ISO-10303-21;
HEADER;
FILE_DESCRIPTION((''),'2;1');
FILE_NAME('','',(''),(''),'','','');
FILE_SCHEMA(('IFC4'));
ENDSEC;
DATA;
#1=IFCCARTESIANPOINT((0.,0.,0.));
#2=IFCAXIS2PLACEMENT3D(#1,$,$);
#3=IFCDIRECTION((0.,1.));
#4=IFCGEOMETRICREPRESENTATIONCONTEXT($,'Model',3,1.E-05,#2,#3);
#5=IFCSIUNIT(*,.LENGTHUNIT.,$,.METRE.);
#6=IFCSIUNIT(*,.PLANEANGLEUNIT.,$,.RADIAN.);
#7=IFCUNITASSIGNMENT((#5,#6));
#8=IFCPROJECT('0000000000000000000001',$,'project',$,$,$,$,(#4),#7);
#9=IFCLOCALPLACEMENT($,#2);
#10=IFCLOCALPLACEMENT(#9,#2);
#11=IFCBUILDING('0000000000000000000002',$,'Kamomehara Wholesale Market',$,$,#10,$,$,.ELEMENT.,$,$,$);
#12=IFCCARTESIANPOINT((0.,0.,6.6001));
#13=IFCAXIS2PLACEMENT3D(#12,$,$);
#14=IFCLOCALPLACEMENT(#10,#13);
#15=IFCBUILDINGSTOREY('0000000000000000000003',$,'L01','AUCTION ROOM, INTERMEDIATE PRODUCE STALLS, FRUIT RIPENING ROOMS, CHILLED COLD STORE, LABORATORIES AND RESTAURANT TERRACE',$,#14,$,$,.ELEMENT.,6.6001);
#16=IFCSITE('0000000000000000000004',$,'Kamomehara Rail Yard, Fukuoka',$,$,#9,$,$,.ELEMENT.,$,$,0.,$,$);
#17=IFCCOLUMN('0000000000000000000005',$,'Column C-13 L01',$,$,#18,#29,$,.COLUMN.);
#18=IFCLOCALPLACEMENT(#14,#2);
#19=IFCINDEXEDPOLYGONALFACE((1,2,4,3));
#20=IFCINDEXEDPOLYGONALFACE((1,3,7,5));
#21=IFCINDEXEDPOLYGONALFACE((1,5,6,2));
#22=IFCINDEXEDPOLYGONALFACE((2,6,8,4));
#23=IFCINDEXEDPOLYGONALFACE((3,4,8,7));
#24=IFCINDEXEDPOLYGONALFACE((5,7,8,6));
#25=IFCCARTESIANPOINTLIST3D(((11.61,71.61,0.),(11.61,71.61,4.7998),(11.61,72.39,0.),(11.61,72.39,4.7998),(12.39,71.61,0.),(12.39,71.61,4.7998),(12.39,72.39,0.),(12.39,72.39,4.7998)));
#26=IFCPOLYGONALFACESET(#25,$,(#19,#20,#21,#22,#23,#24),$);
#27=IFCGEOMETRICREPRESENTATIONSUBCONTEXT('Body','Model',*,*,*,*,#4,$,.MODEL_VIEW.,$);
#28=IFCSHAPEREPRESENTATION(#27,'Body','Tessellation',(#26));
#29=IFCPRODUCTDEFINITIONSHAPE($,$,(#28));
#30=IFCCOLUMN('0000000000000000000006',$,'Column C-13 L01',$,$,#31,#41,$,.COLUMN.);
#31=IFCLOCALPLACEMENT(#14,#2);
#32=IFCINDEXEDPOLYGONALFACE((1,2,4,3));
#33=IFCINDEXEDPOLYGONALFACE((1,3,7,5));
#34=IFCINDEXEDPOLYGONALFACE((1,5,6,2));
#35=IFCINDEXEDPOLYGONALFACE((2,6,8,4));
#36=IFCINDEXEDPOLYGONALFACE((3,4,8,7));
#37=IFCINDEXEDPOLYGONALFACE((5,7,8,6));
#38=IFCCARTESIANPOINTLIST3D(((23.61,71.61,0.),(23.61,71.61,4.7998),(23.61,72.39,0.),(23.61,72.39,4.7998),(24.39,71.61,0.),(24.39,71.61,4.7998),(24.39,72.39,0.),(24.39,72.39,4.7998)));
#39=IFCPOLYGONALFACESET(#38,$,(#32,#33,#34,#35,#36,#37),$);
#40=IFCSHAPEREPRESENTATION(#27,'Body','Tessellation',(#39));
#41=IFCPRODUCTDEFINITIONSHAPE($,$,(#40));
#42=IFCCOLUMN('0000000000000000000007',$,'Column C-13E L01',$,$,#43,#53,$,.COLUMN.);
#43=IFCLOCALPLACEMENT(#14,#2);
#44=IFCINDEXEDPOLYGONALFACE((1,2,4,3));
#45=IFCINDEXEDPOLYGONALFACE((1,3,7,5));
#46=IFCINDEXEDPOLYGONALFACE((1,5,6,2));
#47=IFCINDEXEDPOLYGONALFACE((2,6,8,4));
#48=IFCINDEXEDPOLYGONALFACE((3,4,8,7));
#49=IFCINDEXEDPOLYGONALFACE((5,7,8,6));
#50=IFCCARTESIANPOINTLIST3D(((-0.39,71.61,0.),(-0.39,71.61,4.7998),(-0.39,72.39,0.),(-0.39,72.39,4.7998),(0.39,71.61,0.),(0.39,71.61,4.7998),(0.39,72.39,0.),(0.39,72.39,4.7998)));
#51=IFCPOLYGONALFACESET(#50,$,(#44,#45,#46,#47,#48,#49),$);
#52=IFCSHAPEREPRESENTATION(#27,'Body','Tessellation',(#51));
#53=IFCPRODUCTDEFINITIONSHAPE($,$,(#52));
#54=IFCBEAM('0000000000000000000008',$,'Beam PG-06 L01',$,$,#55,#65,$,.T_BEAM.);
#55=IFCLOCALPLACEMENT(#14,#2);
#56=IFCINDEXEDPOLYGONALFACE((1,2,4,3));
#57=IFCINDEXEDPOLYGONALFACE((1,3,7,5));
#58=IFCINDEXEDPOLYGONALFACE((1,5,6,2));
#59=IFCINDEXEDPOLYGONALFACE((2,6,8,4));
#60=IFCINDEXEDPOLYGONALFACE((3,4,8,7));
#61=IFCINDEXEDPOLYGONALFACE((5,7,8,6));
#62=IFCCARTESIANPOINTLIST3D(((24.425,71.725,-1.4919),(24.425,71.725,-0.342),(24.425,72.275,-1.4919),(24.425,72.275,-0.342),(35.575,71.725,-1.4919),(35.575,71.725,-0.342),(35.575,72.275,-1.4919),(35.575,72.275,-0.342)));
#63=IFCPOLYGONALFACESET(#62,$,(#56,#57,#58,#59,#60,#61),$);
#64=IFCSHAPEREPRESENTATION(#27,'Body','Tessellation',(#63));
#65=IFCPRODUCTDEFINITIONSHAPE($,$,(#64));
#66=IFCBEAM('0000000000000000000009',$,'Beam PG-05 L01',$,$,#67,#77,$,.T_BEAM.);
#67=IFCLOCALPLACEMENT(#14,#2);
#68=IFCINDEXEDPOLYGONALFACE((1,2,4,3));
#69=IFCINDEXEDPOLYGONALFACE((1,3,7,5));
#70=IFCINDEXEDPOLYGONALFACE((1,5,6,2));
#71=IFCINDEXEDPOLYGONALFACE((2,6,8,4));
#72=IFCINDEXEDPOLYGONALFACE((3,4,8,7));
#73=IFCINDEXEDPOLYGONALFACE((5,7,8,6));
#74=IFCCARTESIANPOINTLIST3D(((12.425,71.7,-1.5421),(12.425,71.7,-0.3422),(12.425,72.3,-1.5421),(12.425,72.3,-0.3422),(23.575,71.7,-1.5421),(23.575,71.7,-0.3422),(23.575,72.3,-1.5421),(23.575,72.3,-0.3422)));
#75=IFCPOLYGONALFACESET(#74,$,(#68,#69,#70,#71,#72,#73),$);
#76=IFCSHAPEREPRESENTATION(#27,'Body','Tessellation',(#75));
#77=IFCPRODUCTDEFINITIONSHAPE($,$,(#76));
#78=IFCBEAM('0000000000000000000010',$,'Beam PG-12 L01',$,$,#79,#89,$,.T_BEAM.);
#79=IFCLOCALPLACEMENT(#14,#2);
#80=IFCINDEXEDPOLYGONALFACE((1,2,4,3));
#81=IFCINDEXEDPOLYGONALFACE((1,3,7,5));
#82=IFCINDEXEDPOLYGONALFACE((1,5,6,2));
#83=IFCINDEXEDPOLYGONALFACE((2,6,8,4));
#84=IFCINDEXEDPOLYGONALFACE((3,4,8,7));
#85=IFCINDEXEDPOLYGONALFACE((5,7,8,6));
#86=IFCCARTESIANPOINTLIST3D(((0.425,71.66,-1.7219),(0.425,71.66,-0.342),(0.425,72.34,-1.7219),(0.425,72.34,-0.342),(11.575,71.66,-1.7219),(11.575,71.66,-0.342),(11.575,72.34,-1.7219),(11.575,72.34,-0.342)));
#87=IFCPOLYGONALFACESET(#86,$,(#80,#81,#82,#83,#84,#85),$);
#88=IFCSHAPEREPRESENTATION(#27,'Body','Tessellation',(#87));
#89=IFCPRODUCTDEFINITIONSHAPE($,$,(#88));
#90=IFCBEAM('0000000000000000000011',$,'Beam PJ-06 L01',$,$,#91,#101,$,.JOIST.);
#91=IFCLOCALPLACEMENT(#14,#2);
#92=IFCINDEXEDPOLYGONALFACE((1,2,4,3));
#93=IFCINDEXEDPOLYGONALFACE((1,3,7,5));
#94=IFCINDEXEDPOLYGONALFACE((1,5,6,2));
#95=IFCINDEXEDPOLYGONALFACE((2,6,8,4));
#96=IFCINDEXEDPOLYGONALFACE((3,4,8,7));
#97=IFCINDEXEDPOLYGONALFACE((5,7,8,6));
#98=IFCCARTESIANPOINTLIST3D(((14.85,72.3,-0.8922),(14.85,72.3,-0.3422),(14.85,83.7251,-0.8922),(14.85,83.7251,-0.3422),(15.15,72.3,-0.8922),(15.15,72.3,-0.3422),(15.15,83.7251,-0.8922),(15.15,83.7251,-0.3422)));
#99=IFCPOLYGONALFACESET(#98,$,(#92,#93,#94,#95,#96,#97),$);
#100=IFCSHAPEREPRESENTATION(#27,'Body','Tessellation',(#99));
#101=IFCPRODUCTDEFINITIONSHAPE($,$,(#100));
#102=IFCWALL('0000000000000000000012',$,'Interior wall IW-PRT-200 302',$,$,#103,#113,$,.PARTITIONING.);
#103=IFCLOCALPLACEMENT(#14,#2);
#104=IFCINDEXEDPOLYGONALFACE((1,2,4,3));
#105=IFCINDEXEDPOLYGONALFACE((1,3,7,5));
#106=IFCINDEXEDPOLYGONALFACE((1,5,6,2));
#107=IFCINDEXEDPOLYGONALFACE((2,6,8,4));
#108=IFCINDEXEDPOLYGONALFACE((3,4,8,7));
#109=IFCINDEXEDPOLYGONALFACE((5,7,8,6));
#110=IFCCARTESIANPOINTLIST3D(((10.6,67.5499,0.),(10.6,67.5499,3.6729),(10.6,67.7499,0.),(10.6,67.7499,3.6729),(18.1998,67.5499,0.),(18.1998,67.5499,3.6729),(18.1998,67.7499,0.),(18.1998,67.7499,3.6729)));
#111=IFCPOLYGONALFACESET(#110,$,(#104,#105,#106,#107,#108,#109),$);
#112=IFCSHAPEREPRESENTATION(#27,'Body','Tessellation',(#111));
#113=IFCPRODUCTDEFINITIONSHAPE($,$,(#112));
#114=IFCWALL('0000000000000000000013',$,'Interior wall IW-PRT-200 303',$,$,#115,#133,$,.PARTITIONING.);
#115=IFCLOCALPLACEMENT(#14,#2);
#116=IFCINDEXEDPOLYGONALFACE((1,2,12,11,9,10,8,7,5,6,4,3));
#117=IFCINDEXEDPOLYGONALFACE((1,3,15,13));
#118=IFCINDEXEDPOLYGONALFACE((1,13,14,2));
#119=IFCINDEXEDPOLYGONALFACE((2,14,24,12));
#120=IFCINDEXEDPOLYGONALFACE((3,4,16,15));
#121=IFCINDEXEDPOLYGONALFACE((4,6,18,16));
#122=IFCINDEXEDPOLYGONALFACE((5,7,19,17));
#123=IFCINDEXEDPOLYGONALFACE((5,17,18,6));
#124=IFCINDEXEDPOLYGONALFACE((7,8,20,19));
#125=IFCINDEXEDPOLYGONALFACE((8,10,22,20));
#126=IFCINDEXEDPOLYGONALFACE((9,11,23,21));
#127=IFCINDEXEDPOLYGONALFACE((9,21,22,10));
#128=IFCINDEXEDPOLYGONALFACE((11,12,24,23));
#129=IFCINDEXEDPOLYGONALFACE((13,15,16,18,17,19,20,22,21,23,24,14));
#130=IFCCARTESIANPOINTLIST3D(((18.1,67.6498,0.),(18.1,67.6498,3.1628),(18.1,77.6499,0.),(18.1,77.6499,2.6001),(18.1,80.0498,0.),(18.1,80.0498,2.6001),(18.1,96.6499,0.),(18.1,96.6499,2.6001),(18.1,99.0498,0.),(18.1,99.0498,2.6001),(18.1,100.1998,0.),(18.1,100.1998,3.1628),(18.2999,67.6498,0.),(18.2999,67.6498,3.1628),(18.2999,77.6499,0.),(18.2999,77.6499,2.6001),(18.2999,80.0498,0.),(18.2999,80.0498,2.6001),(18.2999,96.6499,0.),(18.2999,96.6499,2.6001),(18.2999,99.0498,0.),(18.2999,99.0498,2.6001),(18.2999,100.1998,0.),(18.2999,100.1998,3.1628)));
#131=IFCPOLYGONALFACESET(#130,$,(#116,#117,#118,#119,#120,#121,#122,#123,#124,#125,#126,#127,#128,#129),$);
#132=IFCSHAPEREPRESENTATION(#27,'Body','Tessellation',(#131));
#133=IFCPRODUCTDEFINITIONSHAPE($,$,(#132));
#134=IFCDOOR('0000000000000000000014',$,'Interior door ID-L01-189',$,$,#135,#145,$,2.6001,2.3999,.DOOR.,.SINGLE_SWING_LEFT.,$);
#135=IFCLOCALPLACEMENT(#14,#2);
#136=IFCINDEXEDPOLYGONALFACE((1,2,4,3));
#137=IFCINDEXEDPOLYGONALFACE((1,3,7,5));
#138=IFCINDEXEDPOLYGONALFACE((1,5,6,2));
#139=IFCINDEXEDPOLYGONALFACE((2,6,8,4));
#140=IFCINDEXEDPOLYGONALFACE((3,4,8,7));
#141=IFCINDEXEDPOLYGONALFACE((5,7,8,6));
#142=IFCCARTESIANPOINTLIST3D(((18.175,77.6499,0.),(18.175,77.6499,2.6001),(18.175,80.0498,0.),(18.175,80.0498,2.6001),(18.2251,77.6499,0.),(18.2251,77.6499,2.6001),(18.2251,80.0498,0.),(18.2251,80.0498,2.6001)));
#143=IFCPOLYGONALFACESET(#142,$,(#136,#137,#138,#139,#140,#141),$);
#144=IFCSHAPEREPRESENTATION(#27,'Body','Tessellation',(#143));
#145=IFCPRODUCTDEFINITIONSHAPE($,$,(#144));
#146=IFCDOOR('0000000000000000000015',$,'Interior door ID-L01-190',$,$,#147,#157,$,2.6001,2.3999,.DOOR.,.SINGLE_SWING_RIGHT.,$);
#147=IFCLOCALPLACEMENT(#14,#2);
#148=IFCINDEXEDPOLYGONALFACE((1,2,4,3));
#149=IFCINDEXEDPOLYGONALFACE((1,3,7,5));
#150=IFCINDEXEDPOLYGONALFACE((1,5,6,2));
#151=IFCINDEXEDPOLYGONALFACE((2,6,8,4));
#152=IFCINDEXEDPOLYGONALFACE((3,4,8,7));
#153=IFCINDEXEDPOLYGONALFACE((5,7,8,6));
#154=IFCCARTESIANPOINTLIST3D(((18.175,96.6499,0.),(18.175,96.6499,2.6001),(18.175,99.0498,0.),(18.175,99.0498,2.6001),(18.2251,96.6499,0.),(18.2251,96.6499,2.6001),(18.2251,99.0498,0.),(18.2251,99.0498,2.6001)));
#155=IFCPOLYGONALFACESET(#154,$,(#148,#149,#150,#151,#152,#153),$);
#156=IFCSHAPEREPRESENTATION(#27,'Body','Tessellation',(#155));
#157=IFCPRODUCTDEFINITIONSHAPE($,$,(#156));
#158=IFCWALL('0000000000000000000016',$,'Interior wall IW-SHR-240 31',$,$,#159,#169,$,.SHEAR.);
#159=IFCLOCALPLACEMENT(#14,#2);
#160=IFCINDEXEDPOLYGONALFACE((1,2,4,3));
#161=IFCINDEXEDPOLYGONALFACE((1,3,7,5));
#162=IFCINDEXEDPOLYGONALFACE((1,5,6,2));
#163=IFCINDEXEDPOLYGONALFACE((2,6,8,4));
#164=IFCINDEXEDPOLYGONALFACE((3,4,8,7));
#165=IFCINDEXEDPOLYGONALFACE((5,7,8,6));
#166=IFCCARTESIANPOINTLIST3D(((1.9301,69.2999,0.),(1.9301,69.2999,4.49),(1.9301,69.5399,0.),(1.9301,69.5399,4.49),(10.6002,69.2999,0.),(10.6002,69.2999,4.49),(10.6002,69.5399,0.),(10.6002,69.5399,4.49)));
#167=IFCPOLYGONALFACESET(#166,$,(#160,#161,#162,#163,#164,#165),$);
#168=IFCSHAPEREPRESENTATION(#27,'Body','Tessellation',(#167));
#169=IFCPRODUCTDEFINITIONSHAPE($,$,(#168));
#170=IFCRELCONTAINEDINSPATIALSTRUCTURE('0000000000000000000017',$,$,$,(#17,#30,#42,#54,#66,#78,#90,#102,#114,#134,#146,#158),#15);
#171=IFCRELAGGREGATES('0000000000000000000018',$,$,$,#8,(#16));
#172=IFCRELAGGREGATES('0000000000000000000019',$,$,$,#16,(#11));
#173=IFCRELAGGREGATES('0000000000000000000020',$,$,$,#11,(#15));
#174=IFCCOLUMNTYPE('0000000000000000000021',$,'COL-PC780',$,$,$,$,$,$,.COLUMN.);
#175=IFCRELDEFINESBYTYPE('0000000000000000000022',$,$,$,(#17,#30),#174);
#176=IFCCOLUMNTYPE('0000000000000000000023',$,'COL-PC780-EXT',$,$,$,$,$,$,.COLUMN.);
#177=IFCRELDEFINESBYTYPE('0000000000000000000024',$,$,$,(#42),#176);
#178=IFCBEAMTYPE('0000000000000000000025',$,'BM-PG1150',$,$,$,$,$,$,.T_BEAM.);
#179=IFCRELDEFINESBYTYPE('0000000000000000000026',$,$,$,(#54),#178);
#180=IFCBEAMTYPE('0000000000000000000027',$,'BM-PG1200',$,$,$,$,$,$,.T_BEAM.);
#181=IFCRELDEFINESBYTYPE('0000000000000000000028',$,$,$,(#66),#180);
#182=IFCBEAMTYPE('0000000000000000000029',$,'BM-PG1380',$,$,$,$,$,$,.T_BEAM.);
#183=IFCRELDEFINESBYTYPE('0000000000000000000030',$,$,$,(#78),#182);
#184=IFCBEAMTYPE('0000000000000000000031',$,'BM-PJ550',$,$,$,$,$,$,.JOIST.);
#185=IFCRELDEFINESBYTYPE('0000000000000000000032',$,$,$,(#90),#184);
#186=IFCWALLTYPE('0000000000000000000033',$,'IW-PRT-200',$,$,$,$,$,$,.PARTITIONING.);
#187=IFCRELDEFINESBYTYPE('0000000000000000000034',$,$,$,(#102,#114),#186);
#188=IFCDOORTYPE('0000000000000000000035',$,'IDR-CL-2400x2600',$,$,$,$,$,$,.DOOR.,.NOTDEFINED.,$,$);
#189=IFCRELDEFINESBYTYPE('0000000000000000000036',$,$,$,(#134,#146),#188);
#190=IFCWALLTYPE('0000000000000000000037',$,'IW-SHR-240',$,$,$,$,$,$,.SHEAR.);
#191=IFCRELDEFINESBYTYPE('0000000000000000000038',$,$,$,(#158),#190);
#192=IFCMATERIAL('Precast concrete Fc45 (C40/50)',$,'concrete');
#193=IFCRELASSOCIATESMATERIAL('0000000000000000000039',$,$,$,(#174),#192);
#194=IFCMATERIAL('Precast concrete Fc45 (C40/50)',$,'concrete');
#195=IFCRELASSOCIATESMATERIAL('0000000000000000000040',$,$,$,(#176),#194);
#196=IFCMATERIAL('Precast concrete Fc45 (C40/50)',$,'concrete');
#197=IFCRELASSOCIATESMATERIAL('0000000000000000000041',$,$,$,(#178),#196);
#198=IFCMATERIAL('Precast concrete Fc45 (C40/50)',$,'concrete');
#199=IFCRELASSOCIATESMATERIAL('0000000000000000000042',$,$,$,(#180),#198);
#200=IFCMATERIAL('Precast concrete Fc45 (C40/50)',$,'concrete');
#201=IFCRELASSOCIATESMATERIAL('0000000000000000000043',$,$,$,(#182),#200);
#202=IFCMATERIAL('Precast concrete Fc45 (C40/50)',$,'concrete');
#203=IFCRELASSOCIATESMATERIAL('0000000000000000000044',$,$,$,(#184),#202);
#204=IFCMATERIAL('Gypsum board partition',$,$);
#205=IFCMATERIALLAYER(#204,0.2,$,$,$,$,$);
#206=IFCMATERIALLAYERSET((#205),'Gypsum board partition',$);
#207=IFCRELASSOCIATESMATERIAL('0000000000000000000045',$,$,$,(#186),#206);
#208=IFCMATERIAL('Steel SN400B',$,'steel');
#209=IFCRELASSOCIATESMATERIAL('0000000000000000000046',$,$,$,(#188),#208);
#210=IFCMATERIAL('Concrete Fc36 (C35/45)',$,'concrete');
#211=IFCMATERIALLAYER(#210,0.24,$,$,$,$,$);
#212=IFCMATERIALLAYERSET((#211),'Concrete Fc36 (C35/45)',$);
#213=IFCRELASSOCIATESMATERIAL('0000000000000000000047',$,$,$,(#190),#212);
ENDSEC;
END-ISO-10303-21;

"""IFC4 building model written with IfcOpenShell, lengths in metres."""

from ifc_helpers import new_model, si_unit, direction, frame, frame_2d, origin, origin_2d, place, context, subcontext, project, spatial, rectangle, extrude, material, layer, layer_set, material_profile, profile_set, type_object, element, fill, save


model = new_model("IFC4")

# Units and contexts
model_context = context("Model", 3, precision=1e-05, world=origin(), true_north=direction((0.0, 1.0)))
body_context = subcontext(model_context, "Body", "Model", "MODEL_VIEW")
ifc_project = project(units=[si_unit("LENGTHUNIT", "METRE"), si_unit("PLANEANGLEUNIT", "RADIAN")], contexts=[model_context])

# Site, building, storey
site_placement = place(None, origin())
site = spatial("IfcSite", under=ifc_project, at=site_placement, Name="Kamomehara Rail Yard, Fukuoka", CompositionType="ELEMENT", RefElevation=0.0)
building_placement = place(site_placement, origin())
building = spatial("IfcBuilding", under=site, at=building_placement, Name="Kamomehara Wholesale Market", CompositionType="ELEMENT")
storey_placement = place(building_placement, frame((0.0, 0.0, 6.6001)))
storey = spatial("IfcBuildingStorey", under=building, at=storey_placement, Name="L01", Description="AUCTION ROOM, INTERMEDIATE PRODUCE STALLS, FRUIT RIPENING ROOMS, CHILLED COLD STORE, LABORATORIES AND RESTAURANT TERRACE", CompositionType="ELEMENT", Elevation=6.6001)

# Columns
ifc_material_1 = material(Name="Precast concrete Fc45 (C40/50)", Category="concrete")
ifc_material_profile_1 = material_profile(ifc_material_1, rectangle(XDim=0.78, YDim=0.78, at=origin_2d()), Name="PC-COL-780x780")
ifc_profile_set_1 = profile_set([ifc_material_profile_1], Name="Precast concrete Fc45 (C40/50)")
column_type_1 = type_object("IfcColumnType", Name="COL-PC780", PredefinedType="COLUMN", material=ifc_profile_set_1)
for number, where, z_axis, x_axis, name in (
    (1, (12.0, 72.0, 0.0), (0.0, 0.0, 1.0), (1.0, 0.0, 0.0), "Column C-13 L01"),
    (2, (24.0, 72.0, 0.0), (0.0, 0.0, 1.0), (1.0, 0.0, 0.0), "Column C-13 L01"),
):
    element("IfcColumn", number, at=place(storey_placement, frame(where, z_axis=z_axis, x_axis=x_axis)), inside=storey, type_object=column_type_1, Name=name, PredefinedType="COLUMN", context=body_context, shape_type="SweptSolid", body=[
        extrude(rectangle(XDim=0.78, YDim=0.78, at=origin_2d()), origin(), (0.0, 0.0, 1.0), 4.7998),
    ])
ifc_material_2 = material(Name="Precast concrete Fc45 (C40/50)", Category="concrete")
ifc_material_profile_2 = material_profile(ifc_material_2, rectangle(XDim=0.78, YDim=0.78, at=origin_2d()), Name="PC-COL-780x780")
ifc_profile_set_2 = profile_set([ifc_material_profile_2], Name="Precast concrete Fc45 (C40/50)")
column_type_2 = type_object("IfcColumnType", Name="COL-PC780-EXT", PredefinedType="COLUMN", material=ifc_profile_set_2)
column_placement = place(storey_placement, frame((0.0, 72.0, 0.0), z_axis=(0.0, 0.0, 1.0), x_axis=(1.0, 0.0, 0.0)))
element("IfcColumn", 3, at=column_placement, inside=storey, type_object=column_type_2, Name="Column C-13E L01", PredefinedType="COLUMN", context=body_context, shape_type="SweptSolid", body=[
    extrude(rectangle(XDim=0.78, YDim=0.78, at=origin_2d()), origin(), (0.0, 0.0, 1.0), 4.7998),
])

# Beams
ifc_material_3 = material(Name="Precast concrete Fc45 (C40/50)", Category="concrete")
ifc_material_profile_3 = material_profile(ifc_material_3, rectangle(XDim=0.55, YDim=1.1499, at=origin_2d()), Name="PC-GRD-550x1150")
ifc_profile_set_3 = profile_set([ifc_material_profile_3], Name="Precast concrete Fc45 (C40/50)")
beam_type_1 = type_object("IfcBeamType", Name="BM-PG1150", PredefinedType="T_BEAM", material=ifc_profile_set_3)
beam_1_placement = place(storey_placement, frame((24.425, 72.0, -0.917), z_axis=(1.0, 0.0, 0.0), x_axis=(0.0, 1.0, 0.0)))
element("IfcBeam", 4, at=beam_1_placement, inside=storey, type_object=beam_type_1, Name="Beam PG-06 L01", PredefinedType="T_BEAM", context=body_context, shape_type="SweptSolid", body=[
    extrude(rectangle(XDim=0.55, YDim=1.1499, at=origin_2d()), origin(), (0.0, 0.0, 1.0), 11.1499),
])
ifc_material_4 = material(Name="Precast concrete Fc45 (C40/50)", Category="concrete")
ifc_material_profile_4 = material_profile(ifc_material_4, rectangle(XDim=0.6001, YDim=1.2, at=origin_2d()), Name="PC-GRD-600x1200")
ifc_profile_set_4 = profile_set([ifc_material_profile_4], Name="Precast concrete Fc45 (C40/50)")
beam_type_2 = type_object("IfcBeamType", Name="BM-PG1200", PredefinedType="T_BEAM", material=ifc_profile_set_4)
beam_2_placement = place(storey_placement, frame((12.425, 72.0, -0.9421), z_axis=(1.0, 0.0, 0.0), x_axis=(0.0, 1.0, 0.0)))
element("IfcBeam", 5, at=beam_2_placement, inside=storey, type_object=beam_type_2, Name="Beam PG-05 L01", PredefinedType="T_BEAM", context=body_context, shape_type="SweptSolid", body=[
    extrude(rectangle(XDim=0.6001, YDim=1.2, at=origin_2d()), origin(), (0.0, 0.0, 1.0), 11.1499),
])
ifc_material_5 = material(Name="Precast concrete Fc45 (C40/50)", Category="concrete")
ifc_material_profile_5 = material_profile(ifc_material_5, rectangle(XDim=0.6799, YDim=1.3799, at=origin_2d()), Name="PC-GRD-680x1380")
ifc_profile_set_5 = profile_set([ifc_material_profile_5], Name="Precast concrete Fc45 (C40/50)")
beam_type_3 = type_object("IfcBeamType", Name="BM-PG1380", PredefinedType="T_BEAM", material=ifc_profile_set_5)
beam_3_placement = place(storey_placement, frame((0.425, 72.0, -1.032), z_axis=(1.0, 0.0, 0.0), x_axis=(0.0, 1.0, 0.0)))
element("IfcBeam", 6, at=beam_3_placement, inside=storey, type_object=beam_type_3, Name="Beam PG-12 L01", PredefinedType="T_BEAM", context=body_context, shape_type="SweptSolid", body=[
    extrude(rectangle(XDim=0.6799, YDim=1.3799, at=origin_2d()), origin(), (0.0, 0.0, 1.0), 11.1499),
])
ifc_material_6 = material(Name="Precast concrete Fc45 (C40/50)", Category="concrete")
ifc_material_profile_6 = material_profile(ifc_material_6, rectangle(XDim=0.3, YDim=0.55, at=origin_2d()), Name="PC-JST-300x550")
ifc_profile_set_6 = profile_set([ifc_material_profile_6], Name="Precast concrete Fc45 (C40/50)")
beam_type_4 = type_object("IfcBeamType", Name="BM-PJ550", PredefinedType="JOIST", material=ifc_profile_set_6)
beam_4_placement = place(storey_placement, frame((15.0, 72.3, -0.6172), z_axis=(0.0, 1.0, 0.0), x_axis=(-1.0, 0.0, 0.0)))
element("IfcBeam", 7, at=beam_4_placement, inside=storey, type_object=beam_type_4, Name="Beam PJ-06 L01", PredefinedType="JOIST", context=body_context, shape_type="SweptSolid", body=[
    extrude(rectangle(XDim=0.3, YDim=0.55, at=origin_2d()), origin(), (0.0, 0.0, 1.0), 11.425),
])

# Wall
ifc_material_7 = material(Name="Gypsum board partition")
ifc_layer_1 = layer(ifc_material_7, 0.2)
ifc_layer_set_1 = layer_set([ifc_layer_1], Name="Gypsum board partition")
wall_type_1 = type_object("IfcWallType", Name="IW-PRT-200", PredefinedType="PARTITIONING", material=ifc_layer_set_1)
wall_1_placement = place(storey_placement, frame((10.6001, 67.6499, 0.0), z_axis=(0.0, 0.0, 1.0), x_axis=(1.0, 0.0, 0.0)))
element("IfcWall", 8, at=wall_1_placement, inside=storey, type_object=wall_type_1, Name="Interior wall IW-PRT-200 302", PredefinedType="PARTITIONING", context=body_context, shape_type="SweptSolid", body=[
    extrude(rectangle(XDim=7.5999, YDim=0.2, at=frame_2d((3.7998, 0.0))), origin(), (0.0, 0.0, 1.0), 3.6729),
])

# Wall, openings, doors
wall_2_placement = place(storey_placement, frame((18.2, 67.6499, 0.0), z_axis=(0.0, 0.0, 1.0), x_axis=(0.0, 1.0, 0.0)))
wall_2 = element("IfcWall", 9, at=wall_2_placement, inside=storey, type_object=wall_type_1, Name="Interior wall IW-PRT-200 303", PredefinedType="PARTITIONING", context=body_context, shape_type="SweptSolid", body=[
    extrude(rectangle(XDim=32.55, YDim=0.2, at=frame_2d((16.2749, 0.0))), origin(), (0.0, 0.0, 1.0), 3.1628),
])
opening_1_placement = place(wall_2_placement, frame((10.0, 0.0, 0.0)))
opening_1 = element("IfcOpeningElement", 10, at=opening_1_placement, cuts=wall_2, PredefinedType="OPENING", context=body_context, shape_type="SweptSolid", body=[
    extrude(rectangle(XDim=2.3999, YDim=2.6001, at=frame_2d((1.2, 1.3))), frame((0.0, 0.1147, 0.0), z_axis=(0.0, -1.0, 0.0), x_axis=(1.0, 0.0, 0.0)), (0.0, 0.0, 1.0), 0.2297),
])
opening_2_placement = place(wall_2_placement, frame((29.0, 0.0, 0.0)))
opening_2 = element("IfcOpeningElement", 11, at=opening_2_placement, cuts=wall_2, PredefinedType="OPENING", context=body_context, shape_type="SweptSolid", body=[
    extrude(rectangle(XDim=2.3999, YDim=2.6001, at=frame_2d((1.2, 1.3))), frame((0.0, 0.1147, 0.0), z_axis=(0.0, -1.0, 0.0), x_axis=(1.0, 0.0, 0.0)), (0.0, 0.0, 1.0), 0.2297),
])
ifc_material_8 = material(Name="Steel SN400B", Category="steel")
door_type = type_object("IfcDoorType", Name="IDR-CL-2400x2600", OperationType="NOTDEFINED", PredefinedType="DOOR", material=ifc_material_8)
door_1_placement = place(opening_1_placement, origin())
door_1 = element("IfcDoor", 12, at=door_1_placement, inside=storey, type_object=door_type, Name="Interior door ID-L01-189", OperationType="SINGLE_SWING_LEFT", OverallHeight=2.6001, OverallWidth=2.3999, PredefinedType="DOOR", context=body_context, shape_type="SweptSolid", body=[
    extrude(rectangle(XDim=2.3999, YDim=2.6001, at=frame_2d((1.2, 1.3))), frame((0.0, 0.0249, 0.0), z_axis=(0.0, -1.0, 0.0), x_axis=(1.0, 0.0, 0.0)), (0.0, 0.0, 1.0), 0.05),
])
fill(opening_1, door_1)
door_2_placement = place(opening_2_placement, origin())
door_2 = element("IfcDoor", 13, at=door_2_placement, inside=storey, type_object=door_type, Name="Interior door ID-L01-190", OperationType="SINGLE_SWING_RIGHT", OverallHeight=2.6001, OverallWidth=2.3999, PredefinedType="DOOR", context=body_context, shape_type="SweptSolid", body=[
    extrude(rectangle(XDim=2.3999, YDim=2.6001, at=frame_2d((1.2, 1.3))), frame((0.0, 0.0249, 0.0), z_axis=(0.0, -1.0, 0.0), x_axis=(1.0, 0.0, 0.0)), (0.0, 0.0, 1.0), 0.05),
])
fill(opening_2, door_2)

# Wall
ifc_material_9 = material(Name="Concrete Fc36 (C35/45)", Category="concrete")
ifc_layer_2 = layer(ifc_material_9, 0.24)
ifc_layer_set_2 = layer_set([ifc_layer_2], Name="Concrete Fc36 (C35/45)")
wall_type_2 = type_object("IfcWallType", Name="IW-SHR-240", PredefinedType="SHEAR", material=ifc_layer_set_2)
wall_3_placement = place(storey_placement, frame((10.6001, 69.4199, 0.0), z_axis=(0.0, 0.0, 1.0), x_axis=(-1.0, 0.0, 0.0)))
element("IfcWall", 14, at=wall_3_placement, inside=storey, type_object=wall_type_2, Name="Interior wall IW-SHR-240 31", PredefinedType="SHEAR", context=body_context, shape_type="SweptSolid", body=[
    extrude(rectangle(XDim=8.6702, YDim=0.24, at=frame_2d((4.335, 0.0))), origin(), (0.0, 0.0, 1.0), 4.49),
])

save(model, "model.ifc")
